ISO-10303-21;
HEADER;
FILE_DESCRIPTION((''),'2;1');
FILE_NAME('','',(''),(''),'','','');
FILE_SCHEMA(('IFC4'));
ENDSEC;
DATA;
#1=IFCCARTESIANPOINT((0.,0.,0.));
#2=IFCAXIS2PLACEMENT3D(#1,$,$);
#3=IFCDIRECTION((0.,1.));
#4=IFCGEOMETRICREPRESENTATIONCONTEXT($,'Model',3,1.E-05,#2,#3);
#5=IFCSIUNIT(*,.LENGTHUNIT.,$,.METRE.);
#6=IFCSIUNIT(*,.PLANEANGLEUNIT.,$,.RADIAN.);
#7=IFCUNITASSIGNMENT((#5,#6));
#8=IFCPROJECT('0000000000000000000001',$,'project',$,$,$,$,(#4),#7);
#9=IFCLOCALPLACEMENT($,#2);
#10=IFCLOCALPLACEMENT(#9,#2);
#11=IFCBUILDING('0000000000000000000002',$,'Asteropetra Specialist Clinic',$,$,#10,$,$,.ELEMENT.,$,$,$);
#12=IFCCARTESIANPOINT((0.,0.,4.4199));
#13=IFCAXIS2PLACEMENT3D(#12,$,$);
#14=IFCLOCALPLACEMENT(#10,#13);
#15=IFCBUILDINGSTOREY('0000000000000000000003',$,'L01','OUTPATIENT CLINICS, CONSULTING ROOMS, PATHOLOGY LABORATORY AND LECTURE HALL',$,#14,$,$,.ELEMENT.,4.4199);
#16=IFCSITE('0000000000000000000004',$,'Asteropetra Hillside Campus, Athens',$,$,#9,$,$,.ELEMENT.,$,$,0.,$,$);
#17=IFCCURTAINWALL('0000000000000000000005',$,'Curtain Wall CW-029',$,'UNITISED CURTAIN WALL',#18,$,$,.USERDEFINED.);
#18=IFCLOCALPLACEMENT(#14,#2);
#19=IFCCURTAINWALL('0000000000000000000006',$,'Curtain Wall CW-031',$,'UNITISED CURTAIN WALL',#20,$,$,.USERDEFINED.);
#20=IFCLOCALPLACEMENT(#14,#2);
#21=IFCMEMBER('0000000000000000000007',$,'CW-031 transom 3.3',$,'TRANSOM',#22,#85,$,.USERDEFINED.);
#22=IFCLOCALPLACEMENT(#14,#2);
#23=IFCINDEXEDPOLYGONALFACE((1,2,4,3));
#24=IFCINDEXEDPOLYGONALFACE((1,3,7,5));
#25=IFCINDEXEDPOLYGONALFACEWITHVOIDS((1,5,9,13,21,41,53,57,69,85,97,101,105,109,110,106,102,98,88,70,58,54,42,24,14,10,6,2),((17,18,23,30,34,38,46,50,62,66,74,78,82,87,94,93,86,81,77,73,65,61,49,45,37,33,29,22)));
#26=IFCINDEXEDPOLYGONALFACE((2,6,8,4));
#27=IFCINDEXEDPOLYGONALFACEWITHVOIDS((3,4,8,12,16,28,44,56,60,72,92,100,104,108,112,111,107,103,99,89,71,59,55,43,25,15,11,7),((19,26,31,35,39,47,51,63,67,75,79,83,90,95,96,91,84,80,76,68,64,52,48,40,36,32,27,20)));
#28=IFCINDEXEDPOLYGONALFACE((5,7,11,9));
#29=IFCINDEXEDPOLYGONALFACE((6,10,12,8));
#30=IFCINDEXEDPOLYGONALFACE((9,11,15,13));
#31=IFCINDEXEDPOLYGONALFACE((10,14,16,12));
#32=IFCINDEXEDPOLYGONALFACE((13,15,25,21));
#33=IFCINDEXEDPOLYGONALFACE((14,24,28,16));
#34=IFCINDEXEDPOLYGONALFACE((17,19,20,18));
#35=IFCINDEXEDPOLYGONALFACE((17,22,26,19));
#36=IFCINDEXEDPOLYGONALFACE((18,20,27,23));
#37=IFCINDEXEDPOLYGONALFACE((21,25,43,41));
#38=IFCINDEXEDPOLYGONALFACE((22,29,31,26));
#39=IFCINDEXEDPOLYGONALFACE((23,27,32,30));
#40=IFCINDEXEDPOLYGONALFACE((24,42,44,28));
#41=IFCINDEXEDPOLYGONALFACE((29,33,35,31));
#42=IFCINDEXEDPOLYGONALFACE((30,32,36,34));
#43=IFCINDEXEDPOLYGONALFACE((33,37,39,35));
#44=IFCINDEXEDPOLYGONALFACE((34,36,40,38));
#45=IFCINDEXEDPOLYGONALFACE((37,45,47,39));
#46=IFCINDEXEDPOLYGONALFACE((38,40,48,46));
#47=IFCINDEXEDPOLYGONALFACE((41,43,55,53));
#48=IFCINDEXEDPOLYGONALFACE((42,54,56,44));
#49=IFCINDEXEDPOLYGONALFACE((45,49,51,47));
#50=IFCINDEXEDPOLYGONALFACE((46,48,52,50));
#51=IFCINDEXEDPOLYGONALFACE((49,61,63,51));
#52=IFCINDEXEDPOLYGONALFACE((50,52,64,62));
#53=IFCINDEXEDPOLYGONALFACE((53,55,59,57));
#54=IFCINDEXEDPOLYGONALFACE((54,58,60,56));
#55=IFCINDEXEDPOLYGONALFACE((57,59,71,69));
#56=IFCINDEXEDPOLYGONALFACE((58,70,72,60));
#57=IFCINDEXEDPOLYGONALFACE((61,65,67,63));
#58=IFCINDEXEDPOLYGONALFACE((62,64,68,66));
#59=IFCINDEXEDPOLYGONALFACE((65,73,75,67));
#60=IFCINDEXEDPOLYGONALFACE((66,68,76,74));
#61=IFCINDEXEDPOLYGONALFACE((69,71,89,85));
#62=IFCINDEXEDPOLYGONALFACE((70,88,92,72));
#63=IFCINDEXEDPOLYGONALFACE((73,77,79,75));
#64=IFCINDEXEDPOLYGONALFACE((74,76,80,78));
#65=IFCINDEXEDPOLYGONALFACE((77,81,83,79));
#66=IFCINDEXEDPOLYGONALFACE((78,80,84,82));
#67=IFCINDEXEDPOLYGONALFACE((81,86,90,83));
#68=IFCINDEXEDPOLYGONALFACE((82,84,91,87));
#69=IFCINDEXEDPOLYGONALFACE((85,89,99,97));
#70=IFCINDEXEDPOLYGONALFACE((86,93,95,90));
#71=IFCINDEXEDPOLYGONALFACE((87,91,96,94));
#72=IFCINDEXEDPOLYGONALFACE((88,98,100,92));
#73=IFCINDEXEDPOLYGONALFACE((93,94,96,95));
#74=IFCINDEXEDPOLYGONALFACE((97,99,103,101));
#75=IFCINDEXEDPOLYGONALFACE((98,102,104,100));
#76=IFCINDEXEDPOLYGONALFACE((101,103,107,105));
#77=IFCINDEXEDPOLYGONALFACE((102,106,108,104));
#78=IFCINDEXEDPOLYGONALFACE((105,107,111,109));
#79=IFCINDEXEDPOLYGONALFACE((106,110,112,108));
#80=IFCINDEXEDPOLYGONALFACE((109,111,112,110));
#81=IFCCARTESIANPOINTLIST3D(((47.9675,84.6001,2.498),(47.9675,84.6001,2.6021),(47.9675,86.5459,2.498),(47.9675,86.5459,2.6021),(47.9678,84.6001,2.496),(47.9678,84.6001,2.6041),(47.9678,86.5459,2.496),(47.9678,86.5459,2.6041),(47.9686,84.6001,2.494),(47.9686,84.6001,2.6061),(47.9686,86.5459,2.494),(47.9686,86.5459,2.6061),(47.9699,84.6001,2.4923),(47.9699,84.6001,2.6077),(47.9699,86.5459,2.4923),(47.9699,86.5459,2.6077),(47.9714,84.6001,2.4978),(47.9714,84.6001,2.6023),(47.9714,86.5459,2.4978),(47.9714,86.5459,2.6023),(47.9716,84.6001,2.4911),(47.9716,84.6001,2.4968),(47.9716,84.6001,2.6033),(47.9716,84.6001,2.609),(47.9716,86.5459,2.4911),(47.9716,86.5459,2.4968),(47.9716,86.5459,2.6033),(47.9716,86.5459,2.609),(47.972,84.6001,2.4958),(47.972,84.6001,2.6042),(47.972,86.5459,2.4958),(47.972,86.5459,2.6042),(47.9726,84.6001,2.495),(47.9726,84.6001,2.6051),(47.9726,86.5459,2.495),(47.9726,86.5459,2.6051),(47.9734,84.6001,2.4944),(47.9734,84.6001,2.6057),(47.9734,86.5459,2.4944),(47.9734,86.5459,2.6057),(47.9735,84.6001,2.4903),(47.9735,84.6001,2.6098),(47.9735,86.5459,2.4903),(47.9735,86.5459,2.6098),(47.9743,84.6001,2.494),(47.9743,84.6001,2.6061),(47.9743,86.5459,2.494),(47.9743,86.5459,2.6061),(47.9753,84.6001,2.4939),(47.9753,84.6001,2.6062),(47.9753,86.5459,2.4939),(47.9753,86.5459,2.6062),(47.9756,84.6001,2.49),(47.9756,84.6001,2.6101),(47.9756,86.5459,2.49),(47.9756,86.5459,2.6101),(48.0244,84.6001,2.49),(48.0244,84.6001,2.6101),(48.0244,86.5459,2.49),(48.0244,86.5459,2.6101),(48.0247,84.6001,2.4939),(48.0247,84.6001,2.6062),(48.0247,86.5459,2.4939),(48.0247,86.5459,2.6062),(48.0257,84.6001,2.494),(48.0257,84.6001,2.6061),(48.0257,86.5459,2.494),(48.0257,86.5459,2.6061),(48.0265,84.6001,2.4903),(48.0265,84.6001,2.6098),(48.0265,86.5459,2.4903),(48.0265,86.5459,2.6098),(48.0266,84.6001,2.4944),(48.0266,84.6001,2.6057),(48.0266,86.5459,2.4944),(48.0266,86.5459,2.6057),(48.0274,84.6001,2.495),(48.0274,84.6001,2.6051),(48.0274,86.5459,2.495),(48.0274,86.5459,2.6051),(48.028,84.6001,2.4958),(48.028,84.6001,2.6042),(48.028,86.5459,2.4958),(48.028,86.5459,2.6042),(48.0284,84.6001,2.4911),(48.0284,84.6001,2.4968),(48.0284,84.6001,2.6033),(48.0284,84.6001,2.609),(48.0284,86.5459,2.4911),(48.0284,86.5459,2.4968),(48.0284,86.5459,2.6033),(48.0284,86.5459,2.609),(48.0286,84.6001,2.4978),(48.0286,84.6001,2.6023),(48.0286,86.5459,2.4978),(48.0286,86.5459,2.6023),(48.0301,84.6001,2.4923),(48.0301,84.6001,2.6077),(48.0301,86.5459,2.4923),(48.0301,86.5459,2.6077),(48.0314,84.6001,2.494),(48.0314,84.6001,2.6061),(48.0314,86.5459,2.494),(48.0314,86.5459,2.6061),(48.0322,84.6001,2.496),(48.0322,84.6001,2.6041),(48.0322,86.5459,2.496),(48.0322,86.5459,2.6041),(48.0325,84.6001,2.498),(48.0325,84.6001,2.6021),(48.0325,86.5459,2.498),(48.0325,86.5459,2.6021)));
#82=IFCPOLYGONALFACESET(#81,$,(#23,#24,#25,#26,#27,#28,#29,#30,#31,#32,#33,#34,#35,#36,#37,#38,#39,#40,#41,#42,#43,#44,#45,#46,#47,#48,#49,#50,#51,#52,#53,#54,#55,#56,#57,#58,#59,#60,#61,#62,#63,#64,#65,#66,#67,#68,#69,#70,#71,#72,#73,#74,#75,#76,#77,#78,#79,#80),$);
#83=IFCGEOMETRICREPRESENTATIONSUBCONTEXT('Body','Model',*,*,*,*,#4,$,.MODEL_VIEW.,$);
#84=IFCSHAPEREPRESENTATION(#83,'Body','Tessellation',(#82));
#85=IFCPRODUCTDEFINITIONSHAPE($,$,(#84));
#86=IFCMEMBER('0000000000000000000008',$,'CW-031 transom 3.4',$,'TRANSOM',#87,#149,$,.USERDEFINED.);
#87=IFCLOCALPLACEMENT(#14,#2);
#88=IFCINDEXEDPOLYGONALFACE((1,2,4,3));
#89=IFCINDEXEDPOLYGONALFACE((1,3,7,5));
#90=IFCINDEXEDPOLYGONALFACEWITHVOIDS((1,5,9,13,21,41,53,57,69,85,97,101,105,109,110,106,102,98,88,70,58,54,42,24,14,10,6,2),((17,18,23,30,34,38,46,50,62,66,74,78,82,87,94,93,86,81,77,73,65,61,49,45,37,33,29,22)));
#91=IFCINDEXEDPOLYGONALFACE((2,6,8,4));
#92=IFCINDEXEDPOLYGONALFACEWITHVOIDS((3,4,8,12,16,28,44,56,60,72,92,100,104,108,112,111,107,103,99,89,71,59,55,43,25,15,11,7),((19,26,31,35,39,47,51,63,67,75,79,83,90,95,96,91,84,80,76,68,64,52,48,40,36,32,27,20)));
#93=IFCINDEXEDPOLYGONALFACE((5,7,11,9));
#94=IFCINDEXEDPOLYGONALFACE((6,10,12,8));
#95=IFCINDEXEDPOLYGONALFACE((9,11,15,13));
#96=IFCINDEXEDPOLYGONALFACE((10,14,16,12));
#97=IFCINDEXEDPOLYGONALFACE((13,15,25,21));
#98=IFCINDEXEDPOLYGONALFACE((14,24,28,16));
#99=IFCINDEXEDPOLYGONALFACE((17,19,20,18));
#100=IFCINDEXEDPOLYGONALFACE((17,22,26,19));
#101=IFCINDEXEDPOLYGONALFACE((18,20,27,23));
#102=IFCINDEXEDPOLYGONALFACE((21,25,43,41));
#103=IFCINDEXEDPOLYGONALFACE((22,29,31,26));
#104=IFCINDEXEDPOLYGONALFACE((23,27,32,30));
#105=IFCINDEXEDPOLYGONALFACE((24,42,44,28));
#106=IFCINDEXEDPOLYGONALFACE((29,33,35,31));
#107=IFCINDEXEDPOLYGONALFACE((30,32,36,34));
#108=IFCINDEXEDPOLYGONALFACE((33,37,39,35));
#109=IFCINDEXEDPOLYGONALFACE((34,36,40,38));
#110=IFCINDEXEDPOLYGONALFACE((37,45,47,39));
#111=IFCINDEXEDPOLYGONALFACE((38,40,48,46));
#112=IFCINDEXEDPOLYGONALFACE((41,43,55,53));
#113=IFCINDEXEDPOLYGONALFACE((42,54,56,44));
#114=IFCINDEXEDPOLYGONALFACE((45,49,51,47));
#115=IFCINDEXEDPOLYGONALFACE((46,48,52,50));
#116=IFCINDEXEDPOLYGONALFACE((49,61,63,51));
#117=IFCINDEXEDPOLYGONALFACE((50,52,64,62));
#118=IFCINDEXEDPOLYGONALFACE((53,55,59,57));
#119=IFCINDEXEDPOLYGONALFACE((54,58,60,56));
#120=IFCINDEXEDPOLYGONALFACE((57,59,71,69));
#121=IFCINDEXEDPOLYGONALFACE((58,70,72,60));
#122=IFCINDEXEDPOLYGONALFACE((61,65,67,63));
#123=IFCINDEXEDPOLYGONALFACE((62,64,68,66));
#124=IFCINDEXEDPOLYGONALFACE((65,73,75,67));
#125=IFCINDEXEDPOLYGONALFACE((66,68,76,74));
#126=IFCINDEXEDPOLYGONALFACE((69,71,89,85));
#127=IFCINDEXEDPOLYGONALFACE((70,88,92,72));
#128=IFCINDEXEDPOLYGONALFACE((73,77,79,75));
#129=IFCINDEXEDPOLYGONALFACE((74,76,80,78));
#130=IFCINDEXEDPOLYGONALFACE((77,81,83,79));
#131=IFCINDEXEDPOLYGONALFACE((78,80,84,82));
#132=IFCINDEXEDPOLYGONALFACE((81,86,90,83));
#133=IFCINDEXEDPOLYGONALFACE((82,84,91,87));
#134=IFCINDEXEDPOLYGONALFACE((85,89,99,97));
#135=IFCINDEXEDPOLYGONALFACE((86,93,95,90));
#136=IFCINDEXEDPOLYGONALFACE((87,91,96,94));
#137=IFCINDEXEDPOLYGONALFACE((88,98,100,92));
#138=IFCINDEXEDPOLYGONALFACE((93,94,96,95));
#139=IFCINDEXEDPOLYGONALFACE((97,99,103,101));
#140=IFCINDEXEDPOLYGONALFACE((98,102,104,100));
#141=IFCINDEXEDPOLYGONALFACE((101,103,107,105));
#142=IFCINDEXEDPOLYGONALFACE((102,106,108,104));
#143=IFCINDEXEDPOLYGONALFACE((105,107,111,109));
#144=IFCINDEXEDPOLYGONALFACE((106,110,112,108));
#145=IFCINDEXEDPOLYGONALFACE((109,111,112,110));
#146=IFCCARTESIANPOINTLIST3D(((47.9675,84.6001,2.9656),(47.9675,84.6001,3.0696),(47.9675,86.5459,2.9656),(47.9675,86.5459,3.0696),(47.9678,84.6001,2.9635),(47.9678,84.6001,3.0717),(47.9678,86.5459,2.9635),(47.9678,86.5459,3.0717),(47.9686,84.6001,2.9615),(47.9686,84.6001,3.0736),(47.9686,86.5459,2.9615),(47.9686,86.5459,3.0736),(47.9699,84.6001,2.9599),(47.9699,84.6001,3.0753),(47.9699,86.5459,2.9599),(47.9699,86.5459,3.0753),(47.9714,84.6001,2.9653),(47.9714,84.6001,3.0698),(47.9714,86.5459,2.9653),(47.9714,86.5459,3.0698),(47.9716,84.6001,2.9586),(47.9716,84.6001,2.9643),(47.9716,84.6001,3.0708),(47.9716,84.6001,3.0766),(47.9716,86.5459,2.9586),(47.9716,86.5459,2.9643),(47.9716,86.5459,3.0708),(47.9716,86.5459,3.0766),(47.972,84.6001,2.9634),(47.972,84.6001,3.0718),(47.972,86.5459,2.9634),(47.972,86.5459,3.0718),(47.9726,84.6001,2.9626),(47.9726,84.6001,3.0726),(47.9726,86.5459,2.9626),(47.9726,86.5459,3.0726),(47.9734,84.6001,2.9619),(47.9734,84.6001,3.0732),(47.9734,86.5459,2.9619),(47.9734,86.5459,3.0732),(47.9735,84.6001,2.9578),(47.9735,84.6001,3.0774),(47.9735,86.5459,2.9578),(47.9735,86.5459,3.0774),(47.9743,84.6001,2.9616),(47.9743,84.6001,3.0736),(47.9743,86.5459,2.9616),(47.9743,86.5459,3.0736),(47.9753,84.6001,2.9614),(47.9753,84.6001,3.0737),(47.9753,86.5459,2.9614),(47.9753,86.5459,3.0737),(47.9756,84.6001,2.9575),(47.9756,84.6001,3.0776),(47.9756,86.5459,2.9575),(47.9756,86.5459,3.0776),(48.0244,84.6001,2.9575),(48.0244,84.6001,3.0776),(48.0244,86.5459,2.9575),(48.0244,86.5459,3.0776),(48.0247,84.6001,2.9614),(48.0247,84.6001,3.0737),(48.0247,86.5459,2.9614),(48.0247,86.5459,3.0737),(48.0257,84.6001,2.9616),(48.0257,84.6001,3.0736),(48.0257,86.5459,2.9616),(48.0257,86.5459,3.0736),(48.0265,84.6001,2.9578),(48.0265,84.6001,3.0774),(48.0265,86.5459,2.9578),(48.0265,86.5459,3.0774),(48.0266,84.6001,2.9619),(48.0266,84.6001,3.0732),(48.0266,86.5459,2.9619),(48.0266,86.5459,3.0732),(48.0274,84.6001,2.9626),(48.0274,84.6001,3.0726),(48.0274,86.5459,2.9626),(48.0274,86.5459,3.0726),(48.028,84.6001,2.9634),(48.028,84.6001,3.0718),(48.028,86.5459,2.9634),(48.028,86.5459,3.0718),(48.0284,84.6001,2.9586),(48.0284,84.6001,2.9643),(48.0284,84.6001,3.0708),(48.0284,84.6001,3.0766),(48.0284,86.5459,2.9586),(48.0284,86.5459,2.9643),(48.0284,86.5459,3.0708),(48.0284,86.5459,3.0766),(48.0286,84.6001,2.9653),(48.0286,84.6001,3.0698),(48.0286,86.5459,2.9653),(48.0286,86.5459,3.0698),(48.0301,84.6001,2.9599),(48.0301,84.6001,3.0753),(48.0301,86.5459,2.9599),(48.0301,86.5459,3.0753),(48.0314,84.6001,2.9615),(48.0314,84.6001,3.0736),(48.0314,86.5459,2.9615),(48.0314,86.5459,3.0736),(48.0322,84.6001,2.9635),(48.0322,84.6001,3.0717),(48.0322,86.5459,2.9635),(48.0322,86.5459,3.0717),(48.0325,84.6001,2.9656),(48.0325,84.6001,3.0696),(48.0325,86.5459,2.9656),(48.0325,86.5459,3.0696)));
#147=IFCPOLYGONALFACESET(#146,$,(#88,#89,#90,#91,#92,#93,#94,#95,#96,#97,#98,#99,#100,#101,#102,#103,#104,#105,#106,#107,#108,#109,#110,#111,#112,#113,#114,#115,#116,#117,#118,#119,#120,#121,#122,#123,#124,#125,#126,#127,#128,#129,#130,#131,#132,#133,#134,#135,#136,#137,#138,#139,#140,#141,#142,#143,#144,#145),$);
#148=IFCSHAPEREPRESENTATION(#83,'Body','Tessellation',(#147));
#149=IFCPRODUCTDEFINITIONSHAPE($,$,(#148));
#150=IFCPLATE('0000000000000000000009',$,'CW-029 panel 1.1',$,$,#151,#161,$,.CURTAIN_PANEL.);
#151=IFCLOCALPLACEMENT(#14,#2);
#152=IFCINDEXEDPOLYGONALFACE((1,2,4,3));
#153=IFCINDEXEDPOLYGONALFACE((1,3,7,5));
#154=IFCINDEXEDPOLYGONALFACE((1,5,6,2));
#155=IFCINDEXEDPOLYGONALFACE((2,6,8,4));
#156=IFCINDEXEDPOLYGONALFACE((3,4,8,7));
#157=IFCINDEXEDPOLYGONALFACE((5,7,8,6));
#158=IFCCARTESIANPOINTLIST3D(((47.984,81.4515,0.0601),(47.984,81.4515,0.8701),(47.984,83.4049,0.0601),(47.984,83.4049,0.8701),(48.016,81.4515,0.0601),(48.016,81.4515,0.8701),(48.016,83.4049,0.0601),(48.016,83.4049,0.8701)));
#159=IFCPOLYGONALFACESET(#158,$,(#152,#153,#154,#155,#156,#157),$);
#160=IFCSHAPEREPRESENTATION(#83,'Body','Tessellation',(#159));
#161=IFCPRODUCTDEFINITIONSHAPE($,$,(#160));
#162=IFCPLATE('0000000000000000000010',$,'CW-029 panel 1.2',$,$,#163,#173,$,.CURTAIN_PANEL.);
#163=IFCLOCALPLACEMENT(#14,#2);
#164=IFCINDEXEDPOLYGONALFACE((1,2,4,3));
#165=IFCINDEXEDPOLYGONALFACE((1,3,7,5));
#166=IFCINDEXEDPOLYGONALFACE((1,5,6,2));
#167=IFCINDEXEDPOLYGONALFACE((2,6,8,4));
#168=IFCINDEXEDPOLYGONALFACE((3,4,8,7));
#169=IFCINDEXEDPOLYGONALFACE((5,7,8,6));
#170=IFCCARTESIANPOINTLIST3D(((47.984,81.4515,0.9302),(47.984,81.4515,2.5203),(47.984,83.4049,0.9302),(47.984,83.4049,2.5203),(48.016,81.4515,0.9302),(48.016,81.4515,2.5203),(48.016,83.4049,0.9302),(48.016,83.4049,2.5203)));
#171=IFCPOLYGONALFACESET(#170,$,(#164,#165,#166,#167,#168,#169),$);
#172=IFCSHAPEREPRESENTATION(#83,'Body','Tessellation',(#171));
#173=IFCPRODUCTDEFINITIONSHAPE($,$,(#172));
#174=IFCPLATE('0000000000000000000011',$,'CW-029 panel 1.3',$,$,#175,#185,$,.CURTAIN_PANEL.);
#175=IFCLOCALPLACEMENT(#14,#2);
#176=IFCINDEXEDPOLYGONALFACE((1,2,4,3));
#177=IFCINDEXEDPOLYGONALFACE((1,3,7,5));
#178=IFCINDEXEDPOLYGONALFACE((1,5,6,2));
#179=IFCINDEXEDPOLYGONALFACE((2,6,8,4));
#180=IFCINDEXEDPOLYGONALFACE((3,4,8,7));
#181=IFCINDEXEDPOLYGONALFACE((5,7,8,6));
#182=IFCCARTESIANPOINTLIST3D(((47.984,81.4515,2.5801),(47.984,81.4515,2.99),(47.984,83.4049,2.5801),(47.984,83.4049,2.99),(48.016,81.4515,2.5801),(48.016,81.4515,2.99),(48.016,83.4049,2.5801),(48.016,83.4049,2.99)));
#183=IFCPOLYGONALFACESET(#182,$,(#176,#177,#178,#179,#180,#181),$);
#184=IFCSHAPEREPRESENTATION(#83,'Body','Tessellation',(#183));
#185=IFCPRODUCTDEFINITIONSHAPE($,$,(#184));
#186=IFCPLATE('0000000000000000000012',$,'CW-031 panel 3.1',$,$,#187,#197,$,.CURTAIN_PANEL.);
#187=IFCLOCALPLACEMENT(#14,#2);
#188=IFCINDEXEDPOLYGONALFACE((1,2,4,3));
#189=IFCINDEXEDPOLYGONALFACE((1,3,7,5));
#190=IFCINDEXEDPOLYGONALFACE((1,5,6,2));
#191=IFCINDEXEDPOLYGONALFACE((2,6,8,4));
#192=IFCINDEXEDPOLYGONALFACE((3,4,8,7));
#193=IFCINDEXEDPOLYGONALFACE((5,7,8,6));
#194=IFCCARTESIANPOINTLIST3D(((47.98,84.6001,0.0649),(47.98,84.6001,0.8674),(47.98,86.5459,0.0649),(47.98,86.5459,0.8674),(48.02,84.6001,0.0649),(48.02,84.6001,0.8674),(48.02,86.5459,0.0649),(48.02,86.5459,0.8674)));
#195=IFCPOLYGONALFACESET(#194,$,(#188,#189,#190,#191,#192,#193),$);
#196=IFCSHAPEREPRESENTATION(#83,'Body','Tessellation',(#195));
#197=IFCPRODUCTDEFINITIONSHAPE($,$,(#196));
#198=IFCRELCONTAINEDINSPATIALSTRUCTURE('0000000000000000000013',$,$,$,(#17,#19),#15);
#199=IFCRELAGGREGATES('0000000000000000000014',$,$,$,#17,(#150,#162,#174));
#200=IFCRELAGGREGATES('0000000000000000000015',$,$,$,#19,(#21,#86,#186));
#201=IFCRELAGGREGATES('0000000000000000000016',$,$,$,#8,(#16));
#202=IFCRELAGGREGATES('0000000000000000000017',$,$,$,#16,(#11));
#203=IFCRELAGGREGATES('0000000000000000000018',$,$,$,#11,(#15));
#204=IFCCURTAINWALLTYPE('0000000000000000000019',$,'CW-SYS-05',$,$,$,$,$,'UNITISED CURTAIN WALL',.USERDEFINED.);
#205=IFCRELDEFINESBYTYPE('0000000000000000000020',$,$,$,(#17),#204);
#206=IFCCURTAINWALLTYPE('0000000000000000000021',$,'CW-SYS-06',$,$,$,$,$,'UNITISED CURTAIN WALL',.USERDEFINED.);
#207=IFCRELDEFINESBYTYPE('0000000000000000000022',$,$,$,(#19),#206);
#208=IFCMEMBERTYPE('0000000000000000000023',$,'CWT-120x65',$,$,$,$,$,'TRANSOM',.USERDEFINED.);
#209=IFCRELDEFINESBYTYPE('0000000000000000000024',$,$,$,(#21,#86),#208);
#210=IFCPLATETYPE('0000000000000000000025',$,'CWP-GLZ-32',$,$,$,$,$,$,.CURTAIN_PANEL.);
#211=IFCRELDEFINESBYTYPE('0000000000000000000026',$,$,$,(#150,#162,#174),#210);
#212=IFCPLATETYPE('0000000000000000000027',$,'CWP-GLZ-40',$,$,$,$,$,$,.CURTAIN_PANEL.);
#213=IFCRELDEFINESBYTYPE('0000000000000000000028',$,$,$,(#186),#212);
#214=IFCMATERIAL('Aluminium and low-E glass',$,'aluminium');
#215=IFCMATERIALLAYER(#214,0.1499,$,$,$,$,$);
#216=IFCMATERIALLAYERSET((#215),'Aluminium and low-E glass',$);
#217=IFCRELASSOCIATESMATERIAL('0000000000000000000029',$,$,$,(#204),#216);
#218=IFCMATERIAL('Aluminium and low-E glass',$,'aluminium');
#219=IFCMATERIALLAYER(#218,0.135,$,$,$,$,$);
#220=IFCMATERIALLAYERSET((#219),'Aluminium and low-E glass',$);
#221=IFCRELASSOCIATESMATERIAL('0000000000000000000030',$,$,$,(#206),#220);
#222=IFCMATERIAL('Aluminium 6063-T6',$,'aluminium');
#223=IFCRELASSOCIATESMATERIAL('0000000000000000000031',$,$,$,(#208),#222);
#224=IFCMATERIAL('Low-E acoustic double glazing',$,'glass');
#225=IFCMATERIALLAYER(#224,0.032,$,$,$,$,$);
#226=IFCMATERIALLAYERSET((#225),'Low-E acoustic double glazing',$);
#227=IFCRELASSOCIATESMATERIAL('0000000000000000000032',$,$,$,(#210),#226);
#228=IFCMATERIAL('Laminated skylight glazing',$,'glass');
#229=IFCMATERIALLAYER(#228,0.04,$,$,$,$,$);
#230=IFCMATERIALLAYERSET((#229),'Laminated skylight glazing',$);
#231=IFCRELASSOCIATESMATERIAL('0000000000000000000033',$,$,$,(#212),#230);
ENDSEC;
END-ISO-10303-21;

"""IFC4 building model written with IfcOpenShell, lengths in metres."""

from ifc_helpers import new_model, si_unit, direction, frame, origin, origin_2d, place, context, subcontext, project, spatial, rectangle, hollow_rectangle, extrude, material, layer, layer_set, material_profile, profile_set, type_object, element, aggregate, save


model = new_model("IFC4")

# Units and contexts
model_context = context("Model", 3, precision=1e-05, world=origin(), true_north=direction((0.0, 1.0)))
body_context = subcontext(model_context, "Body", "Model", "MODEL_VIEW")
ifc_project = project(units=[si_unit("LENGTHUNIT", "METRE"), si_unit("PLANEANGLEUNIT", "RADIAN")], contexts=[model_context])

# Site, building, storey
site_placement = place(None, origin())
site = spatial("IfcSite", under=ifc_project, at=site_placement, Name="Asteropetra Hillside Campus, Athens", CompositionType="ELEMENT", RefElevation=0.0)
building_placement = place(site_placement, origin())
building = spatial("IfcBuilding", under=site, at=building_placement, Name="Asteropetra Specialist Clinic", CompositionType="ELEMENT")
storey_placement = place(building_placement, frame((0.0, 0.0, 4.4199)))
storey = spatial("IfcBuildingStorey", under=building, at=storey_placement, Name="L01", Description="OUTPATIENT CLINICS, CONSULTING ROOMS, PATHOLOGY LABORATORY AND LECTURE HALL", CompositionType="ELEMENT", Elevation=4.4199)

# Curtain walls
ifc_material_1 = material(Name="Aluminium and low-E glass", Category="aluminium")
ifc_layer_1 = layer(ifc_material_1, 0.1499)
ifc_layer_set_1 = layer_set([ifc_layer_1], Name="Aluminium and low-E glass")
curtain_wall_type_1 = type_object("IfcCurtainWallType", Name="CW-SYS-05", ElementType="UNITISED CURTAIN WALL", PredefinedType="USERDEFINED", material=ifc_layer_set_1)
curtain_wall_1_placement = place(storey_placement, origin())
curtain_wall_1 = element("IfcCurtainWall", 1, at=curtain_wall_1_placement, inside=storey, type_object=curtain_wall_type_1, Name="Curtain Wall CW-029", ObjectType="UNITISED CURTAIN WALL", PredefinedType="USERDEFINED")
ifc_material_2 = material(Name="Aluminium and low-E glass", Category="aluminium")
ifc_layer_2 = layer(ifc_material_2, 0.135)
ifc_layer_set_2 = layer_set([ifc_layer_2], Name="Aluminium and low-E glass")
curtain_wall_type_2 = type_object("IfcCurtainWallType", Name="CW-SYS-06", ElementType="UNITISED CURTAIN WALL", PredefinedType="USERDEFINED", material=ifc_layer_set_2)
curtain_wall_2_placement = place(storey_placement, origin())
curtain_wall_2 = element("IfcCurtainWall", 2, at=curtain_wall_2_placement, inside=storey, type_object=curtain_wall_type_2, Name="Curtain Wall CW-031", ObjectType="UNITISED CURTAIN WALL", PredefinedType="USERDEFINED")

# Members
ifc_material_3 = material(Name="Aluminium 6063-T6", Category="aluminium")
ifc_material_profile_1 = material_profile(ifc_material_3, hollow_rectangle(XDim=0.0649, YDim=0.1201, WallThickness=0.0039, InnerFilletRadius=0.0039, OuterFilletRadius=0.0081, at=origin_2d()), Name="TRN 120x65x4.0")
ifc_profile_set_1 = profile_set([ifc_material_profile_1], Name="Aluminium 6063-T6")
member_type_1 = type_object("IfcMemberType", Name="CWT-120x65", ElementType="TRANSOM", PredefinedType="USERDEFINED", material=ifc_profile_set_1)
member_1_placement = place(storey_placement, frame((48.0, 86.5459, 2.55), z_axis=(0.0, -1.0, 0.0), x_axis=(1.0, 0.0, 0.0)))
member_1 = element("IfcMember", 3, at=member_1_placement, type_object=member_type_1, Name="CW-031 transom 3.3", ObjectType="TRANSOM", PredefinedType="USERDEFINED", context=body_context, shape_type="SweptSolid", body=[
    extrude(hollow_rectangle(XDim=0.0649, YDim=0.1201, WallThickness=0.0039, InnerFilletRadius=0.0039, OuterFilletRadius=0.0081, at=origin_2d()), origin(), (0.0, 0.0, 1.0), 1.9458),
])
member_2_placement = place(storey_placement, frame((48.0, 86.5459, 3.0176), z_axis=(0.0, -1.0, 0.0), x_axis=(1.0, 0.0, 0.0)))
member_2 = element("IfcMember", 4, at=member_2_placement, type_object=member_type_1, Name="CW-031 transom 3.4", ObjectType="TRANSOM", PredefinedType="USERDEFINED", context=body_context, shape_type="SweptSolid", body=[
    extrude(hollow_rectangle(XDim=0.0649, YDim=0.1201, WallThickness=0.0039, InnerFilletRadius=0.0039, OuterFilletRadius=0.0081, at=origin_2d()), origin(), (0.0, 0.0, 1.0), 1.9458),
])

# Plates
ifc_material_4 = material(Name="Low-E acoustic double glazing", Category="glass")
ifc_layer_3 = layer(ifc_material_4, 0.032)
ifc_layer_set_3 = layer_set([ifc_layer_3], Name="Low-E acoustic double glazing")
plate_type_1 = type_object("IfcPlateType", Name="CWP-GLZ-32", PredefinedType="CURTAIN_PANEL", material=ifc_layer_set_3)
plate_1_placement = place(storey_placement, frame((48.0, 82.4282, 0.0601), z_axis=(0.0, 0.0, 1.0), x_axis=(0.0, -1.0, 0.0)))
plate_1 = element("IfcPlate", 5, at=plate_1_placement, type_object=plate_type_1, Name="CW-029 panel 1.1", PredefinedType="CURTAIN_PANEL", context=body_context, shape_type="SweptSolid", body=[
    extrude(rectangle(XDim=1.9534, YDim=0.032, at=origin_2d()), origin(), (0.0, 0.0, 1.0), 0.8101),
])
plate_2_placement = place(storey_placement, frame((48.0, 82.4282, 0.9302), z_axis=(0.0, 0.0, 1.0), x_axis=(0.0, -1.0, 0.0)))
plate_2 = element("IfcPlate", 6, at=plate_2_placement, type_object=plate_type_1, Name="CW-029 panel 1.2", PredefinedType="CURTAIN_PANEL", context=body_context, shape_type="SweptSolid", body=[
    extrude(rectangle(XDim=1.9534, YDim=0.032, at=origin_2d()), origin(), (0.0, 0.0, 1.0), 1.5901),
])
plate_3_placement = place(storey_placement, frame((48.0, 82.4282, 2.5801), z_axis=(0.0, 0.0, 1.0), x_axis=(0.0, -1.0, 0.0)))
plate_3 = element("IfcPlate", 7, at=plate_3_placement, type_object=plate_type_1, Name="CW-029 panel 1.3", PredefinedType="CURTAIN_PANEL", context=body_context, shape_type="SweptSolid", body=[
    extrude(rectangle(XDim=1.9534, YDim=0.032, at=origin_2d()), origin(), (0.0, 0.0, 1.0), 0.4099),
])
aggregate(curtain_wall_1, [plate_1, plate_2, plate_3])
ifc_material_5 = material(Name="Laminated skylight glazing", Category="glass")
ifc_layer_4 = layer(ifc_material_5, 0.04)
ifc_layer_set_4 = layer_set([ifc_layer_4], Name="Laminated skylight glazing")
plate_type_2 = type_object("IfcPlateType", Name="CWP-GLZ-40", PredefinedType="CURTAIN_PANEL", material=ifc_layer_set_4)
plate_4_placement = place(storey_placement, frame((48.0, 85.573, 0.0649), z_axis=(0.0, 0.0, 1.0), x_axis=(0.0, -1.0, 0.0)))
plate_4 = element("IfcPlate", 8, at=plate_4_placement, type_object=plate_type_2, Name="CW-031 panel 3.1", PredefinedType="CURTAIN_PANEL", context=body_context, shape_type="SweptSolid", body=[
    extrude(rectangle(XDim=1.9458, YDim=0.04, at=origin_2d()), origin(), (0.0, 0.0, 1.0), 0.8025),
])
aggregate(curtain_wall_2, [member_1, member_2, plate_4])

save(model, "model.ifc")
